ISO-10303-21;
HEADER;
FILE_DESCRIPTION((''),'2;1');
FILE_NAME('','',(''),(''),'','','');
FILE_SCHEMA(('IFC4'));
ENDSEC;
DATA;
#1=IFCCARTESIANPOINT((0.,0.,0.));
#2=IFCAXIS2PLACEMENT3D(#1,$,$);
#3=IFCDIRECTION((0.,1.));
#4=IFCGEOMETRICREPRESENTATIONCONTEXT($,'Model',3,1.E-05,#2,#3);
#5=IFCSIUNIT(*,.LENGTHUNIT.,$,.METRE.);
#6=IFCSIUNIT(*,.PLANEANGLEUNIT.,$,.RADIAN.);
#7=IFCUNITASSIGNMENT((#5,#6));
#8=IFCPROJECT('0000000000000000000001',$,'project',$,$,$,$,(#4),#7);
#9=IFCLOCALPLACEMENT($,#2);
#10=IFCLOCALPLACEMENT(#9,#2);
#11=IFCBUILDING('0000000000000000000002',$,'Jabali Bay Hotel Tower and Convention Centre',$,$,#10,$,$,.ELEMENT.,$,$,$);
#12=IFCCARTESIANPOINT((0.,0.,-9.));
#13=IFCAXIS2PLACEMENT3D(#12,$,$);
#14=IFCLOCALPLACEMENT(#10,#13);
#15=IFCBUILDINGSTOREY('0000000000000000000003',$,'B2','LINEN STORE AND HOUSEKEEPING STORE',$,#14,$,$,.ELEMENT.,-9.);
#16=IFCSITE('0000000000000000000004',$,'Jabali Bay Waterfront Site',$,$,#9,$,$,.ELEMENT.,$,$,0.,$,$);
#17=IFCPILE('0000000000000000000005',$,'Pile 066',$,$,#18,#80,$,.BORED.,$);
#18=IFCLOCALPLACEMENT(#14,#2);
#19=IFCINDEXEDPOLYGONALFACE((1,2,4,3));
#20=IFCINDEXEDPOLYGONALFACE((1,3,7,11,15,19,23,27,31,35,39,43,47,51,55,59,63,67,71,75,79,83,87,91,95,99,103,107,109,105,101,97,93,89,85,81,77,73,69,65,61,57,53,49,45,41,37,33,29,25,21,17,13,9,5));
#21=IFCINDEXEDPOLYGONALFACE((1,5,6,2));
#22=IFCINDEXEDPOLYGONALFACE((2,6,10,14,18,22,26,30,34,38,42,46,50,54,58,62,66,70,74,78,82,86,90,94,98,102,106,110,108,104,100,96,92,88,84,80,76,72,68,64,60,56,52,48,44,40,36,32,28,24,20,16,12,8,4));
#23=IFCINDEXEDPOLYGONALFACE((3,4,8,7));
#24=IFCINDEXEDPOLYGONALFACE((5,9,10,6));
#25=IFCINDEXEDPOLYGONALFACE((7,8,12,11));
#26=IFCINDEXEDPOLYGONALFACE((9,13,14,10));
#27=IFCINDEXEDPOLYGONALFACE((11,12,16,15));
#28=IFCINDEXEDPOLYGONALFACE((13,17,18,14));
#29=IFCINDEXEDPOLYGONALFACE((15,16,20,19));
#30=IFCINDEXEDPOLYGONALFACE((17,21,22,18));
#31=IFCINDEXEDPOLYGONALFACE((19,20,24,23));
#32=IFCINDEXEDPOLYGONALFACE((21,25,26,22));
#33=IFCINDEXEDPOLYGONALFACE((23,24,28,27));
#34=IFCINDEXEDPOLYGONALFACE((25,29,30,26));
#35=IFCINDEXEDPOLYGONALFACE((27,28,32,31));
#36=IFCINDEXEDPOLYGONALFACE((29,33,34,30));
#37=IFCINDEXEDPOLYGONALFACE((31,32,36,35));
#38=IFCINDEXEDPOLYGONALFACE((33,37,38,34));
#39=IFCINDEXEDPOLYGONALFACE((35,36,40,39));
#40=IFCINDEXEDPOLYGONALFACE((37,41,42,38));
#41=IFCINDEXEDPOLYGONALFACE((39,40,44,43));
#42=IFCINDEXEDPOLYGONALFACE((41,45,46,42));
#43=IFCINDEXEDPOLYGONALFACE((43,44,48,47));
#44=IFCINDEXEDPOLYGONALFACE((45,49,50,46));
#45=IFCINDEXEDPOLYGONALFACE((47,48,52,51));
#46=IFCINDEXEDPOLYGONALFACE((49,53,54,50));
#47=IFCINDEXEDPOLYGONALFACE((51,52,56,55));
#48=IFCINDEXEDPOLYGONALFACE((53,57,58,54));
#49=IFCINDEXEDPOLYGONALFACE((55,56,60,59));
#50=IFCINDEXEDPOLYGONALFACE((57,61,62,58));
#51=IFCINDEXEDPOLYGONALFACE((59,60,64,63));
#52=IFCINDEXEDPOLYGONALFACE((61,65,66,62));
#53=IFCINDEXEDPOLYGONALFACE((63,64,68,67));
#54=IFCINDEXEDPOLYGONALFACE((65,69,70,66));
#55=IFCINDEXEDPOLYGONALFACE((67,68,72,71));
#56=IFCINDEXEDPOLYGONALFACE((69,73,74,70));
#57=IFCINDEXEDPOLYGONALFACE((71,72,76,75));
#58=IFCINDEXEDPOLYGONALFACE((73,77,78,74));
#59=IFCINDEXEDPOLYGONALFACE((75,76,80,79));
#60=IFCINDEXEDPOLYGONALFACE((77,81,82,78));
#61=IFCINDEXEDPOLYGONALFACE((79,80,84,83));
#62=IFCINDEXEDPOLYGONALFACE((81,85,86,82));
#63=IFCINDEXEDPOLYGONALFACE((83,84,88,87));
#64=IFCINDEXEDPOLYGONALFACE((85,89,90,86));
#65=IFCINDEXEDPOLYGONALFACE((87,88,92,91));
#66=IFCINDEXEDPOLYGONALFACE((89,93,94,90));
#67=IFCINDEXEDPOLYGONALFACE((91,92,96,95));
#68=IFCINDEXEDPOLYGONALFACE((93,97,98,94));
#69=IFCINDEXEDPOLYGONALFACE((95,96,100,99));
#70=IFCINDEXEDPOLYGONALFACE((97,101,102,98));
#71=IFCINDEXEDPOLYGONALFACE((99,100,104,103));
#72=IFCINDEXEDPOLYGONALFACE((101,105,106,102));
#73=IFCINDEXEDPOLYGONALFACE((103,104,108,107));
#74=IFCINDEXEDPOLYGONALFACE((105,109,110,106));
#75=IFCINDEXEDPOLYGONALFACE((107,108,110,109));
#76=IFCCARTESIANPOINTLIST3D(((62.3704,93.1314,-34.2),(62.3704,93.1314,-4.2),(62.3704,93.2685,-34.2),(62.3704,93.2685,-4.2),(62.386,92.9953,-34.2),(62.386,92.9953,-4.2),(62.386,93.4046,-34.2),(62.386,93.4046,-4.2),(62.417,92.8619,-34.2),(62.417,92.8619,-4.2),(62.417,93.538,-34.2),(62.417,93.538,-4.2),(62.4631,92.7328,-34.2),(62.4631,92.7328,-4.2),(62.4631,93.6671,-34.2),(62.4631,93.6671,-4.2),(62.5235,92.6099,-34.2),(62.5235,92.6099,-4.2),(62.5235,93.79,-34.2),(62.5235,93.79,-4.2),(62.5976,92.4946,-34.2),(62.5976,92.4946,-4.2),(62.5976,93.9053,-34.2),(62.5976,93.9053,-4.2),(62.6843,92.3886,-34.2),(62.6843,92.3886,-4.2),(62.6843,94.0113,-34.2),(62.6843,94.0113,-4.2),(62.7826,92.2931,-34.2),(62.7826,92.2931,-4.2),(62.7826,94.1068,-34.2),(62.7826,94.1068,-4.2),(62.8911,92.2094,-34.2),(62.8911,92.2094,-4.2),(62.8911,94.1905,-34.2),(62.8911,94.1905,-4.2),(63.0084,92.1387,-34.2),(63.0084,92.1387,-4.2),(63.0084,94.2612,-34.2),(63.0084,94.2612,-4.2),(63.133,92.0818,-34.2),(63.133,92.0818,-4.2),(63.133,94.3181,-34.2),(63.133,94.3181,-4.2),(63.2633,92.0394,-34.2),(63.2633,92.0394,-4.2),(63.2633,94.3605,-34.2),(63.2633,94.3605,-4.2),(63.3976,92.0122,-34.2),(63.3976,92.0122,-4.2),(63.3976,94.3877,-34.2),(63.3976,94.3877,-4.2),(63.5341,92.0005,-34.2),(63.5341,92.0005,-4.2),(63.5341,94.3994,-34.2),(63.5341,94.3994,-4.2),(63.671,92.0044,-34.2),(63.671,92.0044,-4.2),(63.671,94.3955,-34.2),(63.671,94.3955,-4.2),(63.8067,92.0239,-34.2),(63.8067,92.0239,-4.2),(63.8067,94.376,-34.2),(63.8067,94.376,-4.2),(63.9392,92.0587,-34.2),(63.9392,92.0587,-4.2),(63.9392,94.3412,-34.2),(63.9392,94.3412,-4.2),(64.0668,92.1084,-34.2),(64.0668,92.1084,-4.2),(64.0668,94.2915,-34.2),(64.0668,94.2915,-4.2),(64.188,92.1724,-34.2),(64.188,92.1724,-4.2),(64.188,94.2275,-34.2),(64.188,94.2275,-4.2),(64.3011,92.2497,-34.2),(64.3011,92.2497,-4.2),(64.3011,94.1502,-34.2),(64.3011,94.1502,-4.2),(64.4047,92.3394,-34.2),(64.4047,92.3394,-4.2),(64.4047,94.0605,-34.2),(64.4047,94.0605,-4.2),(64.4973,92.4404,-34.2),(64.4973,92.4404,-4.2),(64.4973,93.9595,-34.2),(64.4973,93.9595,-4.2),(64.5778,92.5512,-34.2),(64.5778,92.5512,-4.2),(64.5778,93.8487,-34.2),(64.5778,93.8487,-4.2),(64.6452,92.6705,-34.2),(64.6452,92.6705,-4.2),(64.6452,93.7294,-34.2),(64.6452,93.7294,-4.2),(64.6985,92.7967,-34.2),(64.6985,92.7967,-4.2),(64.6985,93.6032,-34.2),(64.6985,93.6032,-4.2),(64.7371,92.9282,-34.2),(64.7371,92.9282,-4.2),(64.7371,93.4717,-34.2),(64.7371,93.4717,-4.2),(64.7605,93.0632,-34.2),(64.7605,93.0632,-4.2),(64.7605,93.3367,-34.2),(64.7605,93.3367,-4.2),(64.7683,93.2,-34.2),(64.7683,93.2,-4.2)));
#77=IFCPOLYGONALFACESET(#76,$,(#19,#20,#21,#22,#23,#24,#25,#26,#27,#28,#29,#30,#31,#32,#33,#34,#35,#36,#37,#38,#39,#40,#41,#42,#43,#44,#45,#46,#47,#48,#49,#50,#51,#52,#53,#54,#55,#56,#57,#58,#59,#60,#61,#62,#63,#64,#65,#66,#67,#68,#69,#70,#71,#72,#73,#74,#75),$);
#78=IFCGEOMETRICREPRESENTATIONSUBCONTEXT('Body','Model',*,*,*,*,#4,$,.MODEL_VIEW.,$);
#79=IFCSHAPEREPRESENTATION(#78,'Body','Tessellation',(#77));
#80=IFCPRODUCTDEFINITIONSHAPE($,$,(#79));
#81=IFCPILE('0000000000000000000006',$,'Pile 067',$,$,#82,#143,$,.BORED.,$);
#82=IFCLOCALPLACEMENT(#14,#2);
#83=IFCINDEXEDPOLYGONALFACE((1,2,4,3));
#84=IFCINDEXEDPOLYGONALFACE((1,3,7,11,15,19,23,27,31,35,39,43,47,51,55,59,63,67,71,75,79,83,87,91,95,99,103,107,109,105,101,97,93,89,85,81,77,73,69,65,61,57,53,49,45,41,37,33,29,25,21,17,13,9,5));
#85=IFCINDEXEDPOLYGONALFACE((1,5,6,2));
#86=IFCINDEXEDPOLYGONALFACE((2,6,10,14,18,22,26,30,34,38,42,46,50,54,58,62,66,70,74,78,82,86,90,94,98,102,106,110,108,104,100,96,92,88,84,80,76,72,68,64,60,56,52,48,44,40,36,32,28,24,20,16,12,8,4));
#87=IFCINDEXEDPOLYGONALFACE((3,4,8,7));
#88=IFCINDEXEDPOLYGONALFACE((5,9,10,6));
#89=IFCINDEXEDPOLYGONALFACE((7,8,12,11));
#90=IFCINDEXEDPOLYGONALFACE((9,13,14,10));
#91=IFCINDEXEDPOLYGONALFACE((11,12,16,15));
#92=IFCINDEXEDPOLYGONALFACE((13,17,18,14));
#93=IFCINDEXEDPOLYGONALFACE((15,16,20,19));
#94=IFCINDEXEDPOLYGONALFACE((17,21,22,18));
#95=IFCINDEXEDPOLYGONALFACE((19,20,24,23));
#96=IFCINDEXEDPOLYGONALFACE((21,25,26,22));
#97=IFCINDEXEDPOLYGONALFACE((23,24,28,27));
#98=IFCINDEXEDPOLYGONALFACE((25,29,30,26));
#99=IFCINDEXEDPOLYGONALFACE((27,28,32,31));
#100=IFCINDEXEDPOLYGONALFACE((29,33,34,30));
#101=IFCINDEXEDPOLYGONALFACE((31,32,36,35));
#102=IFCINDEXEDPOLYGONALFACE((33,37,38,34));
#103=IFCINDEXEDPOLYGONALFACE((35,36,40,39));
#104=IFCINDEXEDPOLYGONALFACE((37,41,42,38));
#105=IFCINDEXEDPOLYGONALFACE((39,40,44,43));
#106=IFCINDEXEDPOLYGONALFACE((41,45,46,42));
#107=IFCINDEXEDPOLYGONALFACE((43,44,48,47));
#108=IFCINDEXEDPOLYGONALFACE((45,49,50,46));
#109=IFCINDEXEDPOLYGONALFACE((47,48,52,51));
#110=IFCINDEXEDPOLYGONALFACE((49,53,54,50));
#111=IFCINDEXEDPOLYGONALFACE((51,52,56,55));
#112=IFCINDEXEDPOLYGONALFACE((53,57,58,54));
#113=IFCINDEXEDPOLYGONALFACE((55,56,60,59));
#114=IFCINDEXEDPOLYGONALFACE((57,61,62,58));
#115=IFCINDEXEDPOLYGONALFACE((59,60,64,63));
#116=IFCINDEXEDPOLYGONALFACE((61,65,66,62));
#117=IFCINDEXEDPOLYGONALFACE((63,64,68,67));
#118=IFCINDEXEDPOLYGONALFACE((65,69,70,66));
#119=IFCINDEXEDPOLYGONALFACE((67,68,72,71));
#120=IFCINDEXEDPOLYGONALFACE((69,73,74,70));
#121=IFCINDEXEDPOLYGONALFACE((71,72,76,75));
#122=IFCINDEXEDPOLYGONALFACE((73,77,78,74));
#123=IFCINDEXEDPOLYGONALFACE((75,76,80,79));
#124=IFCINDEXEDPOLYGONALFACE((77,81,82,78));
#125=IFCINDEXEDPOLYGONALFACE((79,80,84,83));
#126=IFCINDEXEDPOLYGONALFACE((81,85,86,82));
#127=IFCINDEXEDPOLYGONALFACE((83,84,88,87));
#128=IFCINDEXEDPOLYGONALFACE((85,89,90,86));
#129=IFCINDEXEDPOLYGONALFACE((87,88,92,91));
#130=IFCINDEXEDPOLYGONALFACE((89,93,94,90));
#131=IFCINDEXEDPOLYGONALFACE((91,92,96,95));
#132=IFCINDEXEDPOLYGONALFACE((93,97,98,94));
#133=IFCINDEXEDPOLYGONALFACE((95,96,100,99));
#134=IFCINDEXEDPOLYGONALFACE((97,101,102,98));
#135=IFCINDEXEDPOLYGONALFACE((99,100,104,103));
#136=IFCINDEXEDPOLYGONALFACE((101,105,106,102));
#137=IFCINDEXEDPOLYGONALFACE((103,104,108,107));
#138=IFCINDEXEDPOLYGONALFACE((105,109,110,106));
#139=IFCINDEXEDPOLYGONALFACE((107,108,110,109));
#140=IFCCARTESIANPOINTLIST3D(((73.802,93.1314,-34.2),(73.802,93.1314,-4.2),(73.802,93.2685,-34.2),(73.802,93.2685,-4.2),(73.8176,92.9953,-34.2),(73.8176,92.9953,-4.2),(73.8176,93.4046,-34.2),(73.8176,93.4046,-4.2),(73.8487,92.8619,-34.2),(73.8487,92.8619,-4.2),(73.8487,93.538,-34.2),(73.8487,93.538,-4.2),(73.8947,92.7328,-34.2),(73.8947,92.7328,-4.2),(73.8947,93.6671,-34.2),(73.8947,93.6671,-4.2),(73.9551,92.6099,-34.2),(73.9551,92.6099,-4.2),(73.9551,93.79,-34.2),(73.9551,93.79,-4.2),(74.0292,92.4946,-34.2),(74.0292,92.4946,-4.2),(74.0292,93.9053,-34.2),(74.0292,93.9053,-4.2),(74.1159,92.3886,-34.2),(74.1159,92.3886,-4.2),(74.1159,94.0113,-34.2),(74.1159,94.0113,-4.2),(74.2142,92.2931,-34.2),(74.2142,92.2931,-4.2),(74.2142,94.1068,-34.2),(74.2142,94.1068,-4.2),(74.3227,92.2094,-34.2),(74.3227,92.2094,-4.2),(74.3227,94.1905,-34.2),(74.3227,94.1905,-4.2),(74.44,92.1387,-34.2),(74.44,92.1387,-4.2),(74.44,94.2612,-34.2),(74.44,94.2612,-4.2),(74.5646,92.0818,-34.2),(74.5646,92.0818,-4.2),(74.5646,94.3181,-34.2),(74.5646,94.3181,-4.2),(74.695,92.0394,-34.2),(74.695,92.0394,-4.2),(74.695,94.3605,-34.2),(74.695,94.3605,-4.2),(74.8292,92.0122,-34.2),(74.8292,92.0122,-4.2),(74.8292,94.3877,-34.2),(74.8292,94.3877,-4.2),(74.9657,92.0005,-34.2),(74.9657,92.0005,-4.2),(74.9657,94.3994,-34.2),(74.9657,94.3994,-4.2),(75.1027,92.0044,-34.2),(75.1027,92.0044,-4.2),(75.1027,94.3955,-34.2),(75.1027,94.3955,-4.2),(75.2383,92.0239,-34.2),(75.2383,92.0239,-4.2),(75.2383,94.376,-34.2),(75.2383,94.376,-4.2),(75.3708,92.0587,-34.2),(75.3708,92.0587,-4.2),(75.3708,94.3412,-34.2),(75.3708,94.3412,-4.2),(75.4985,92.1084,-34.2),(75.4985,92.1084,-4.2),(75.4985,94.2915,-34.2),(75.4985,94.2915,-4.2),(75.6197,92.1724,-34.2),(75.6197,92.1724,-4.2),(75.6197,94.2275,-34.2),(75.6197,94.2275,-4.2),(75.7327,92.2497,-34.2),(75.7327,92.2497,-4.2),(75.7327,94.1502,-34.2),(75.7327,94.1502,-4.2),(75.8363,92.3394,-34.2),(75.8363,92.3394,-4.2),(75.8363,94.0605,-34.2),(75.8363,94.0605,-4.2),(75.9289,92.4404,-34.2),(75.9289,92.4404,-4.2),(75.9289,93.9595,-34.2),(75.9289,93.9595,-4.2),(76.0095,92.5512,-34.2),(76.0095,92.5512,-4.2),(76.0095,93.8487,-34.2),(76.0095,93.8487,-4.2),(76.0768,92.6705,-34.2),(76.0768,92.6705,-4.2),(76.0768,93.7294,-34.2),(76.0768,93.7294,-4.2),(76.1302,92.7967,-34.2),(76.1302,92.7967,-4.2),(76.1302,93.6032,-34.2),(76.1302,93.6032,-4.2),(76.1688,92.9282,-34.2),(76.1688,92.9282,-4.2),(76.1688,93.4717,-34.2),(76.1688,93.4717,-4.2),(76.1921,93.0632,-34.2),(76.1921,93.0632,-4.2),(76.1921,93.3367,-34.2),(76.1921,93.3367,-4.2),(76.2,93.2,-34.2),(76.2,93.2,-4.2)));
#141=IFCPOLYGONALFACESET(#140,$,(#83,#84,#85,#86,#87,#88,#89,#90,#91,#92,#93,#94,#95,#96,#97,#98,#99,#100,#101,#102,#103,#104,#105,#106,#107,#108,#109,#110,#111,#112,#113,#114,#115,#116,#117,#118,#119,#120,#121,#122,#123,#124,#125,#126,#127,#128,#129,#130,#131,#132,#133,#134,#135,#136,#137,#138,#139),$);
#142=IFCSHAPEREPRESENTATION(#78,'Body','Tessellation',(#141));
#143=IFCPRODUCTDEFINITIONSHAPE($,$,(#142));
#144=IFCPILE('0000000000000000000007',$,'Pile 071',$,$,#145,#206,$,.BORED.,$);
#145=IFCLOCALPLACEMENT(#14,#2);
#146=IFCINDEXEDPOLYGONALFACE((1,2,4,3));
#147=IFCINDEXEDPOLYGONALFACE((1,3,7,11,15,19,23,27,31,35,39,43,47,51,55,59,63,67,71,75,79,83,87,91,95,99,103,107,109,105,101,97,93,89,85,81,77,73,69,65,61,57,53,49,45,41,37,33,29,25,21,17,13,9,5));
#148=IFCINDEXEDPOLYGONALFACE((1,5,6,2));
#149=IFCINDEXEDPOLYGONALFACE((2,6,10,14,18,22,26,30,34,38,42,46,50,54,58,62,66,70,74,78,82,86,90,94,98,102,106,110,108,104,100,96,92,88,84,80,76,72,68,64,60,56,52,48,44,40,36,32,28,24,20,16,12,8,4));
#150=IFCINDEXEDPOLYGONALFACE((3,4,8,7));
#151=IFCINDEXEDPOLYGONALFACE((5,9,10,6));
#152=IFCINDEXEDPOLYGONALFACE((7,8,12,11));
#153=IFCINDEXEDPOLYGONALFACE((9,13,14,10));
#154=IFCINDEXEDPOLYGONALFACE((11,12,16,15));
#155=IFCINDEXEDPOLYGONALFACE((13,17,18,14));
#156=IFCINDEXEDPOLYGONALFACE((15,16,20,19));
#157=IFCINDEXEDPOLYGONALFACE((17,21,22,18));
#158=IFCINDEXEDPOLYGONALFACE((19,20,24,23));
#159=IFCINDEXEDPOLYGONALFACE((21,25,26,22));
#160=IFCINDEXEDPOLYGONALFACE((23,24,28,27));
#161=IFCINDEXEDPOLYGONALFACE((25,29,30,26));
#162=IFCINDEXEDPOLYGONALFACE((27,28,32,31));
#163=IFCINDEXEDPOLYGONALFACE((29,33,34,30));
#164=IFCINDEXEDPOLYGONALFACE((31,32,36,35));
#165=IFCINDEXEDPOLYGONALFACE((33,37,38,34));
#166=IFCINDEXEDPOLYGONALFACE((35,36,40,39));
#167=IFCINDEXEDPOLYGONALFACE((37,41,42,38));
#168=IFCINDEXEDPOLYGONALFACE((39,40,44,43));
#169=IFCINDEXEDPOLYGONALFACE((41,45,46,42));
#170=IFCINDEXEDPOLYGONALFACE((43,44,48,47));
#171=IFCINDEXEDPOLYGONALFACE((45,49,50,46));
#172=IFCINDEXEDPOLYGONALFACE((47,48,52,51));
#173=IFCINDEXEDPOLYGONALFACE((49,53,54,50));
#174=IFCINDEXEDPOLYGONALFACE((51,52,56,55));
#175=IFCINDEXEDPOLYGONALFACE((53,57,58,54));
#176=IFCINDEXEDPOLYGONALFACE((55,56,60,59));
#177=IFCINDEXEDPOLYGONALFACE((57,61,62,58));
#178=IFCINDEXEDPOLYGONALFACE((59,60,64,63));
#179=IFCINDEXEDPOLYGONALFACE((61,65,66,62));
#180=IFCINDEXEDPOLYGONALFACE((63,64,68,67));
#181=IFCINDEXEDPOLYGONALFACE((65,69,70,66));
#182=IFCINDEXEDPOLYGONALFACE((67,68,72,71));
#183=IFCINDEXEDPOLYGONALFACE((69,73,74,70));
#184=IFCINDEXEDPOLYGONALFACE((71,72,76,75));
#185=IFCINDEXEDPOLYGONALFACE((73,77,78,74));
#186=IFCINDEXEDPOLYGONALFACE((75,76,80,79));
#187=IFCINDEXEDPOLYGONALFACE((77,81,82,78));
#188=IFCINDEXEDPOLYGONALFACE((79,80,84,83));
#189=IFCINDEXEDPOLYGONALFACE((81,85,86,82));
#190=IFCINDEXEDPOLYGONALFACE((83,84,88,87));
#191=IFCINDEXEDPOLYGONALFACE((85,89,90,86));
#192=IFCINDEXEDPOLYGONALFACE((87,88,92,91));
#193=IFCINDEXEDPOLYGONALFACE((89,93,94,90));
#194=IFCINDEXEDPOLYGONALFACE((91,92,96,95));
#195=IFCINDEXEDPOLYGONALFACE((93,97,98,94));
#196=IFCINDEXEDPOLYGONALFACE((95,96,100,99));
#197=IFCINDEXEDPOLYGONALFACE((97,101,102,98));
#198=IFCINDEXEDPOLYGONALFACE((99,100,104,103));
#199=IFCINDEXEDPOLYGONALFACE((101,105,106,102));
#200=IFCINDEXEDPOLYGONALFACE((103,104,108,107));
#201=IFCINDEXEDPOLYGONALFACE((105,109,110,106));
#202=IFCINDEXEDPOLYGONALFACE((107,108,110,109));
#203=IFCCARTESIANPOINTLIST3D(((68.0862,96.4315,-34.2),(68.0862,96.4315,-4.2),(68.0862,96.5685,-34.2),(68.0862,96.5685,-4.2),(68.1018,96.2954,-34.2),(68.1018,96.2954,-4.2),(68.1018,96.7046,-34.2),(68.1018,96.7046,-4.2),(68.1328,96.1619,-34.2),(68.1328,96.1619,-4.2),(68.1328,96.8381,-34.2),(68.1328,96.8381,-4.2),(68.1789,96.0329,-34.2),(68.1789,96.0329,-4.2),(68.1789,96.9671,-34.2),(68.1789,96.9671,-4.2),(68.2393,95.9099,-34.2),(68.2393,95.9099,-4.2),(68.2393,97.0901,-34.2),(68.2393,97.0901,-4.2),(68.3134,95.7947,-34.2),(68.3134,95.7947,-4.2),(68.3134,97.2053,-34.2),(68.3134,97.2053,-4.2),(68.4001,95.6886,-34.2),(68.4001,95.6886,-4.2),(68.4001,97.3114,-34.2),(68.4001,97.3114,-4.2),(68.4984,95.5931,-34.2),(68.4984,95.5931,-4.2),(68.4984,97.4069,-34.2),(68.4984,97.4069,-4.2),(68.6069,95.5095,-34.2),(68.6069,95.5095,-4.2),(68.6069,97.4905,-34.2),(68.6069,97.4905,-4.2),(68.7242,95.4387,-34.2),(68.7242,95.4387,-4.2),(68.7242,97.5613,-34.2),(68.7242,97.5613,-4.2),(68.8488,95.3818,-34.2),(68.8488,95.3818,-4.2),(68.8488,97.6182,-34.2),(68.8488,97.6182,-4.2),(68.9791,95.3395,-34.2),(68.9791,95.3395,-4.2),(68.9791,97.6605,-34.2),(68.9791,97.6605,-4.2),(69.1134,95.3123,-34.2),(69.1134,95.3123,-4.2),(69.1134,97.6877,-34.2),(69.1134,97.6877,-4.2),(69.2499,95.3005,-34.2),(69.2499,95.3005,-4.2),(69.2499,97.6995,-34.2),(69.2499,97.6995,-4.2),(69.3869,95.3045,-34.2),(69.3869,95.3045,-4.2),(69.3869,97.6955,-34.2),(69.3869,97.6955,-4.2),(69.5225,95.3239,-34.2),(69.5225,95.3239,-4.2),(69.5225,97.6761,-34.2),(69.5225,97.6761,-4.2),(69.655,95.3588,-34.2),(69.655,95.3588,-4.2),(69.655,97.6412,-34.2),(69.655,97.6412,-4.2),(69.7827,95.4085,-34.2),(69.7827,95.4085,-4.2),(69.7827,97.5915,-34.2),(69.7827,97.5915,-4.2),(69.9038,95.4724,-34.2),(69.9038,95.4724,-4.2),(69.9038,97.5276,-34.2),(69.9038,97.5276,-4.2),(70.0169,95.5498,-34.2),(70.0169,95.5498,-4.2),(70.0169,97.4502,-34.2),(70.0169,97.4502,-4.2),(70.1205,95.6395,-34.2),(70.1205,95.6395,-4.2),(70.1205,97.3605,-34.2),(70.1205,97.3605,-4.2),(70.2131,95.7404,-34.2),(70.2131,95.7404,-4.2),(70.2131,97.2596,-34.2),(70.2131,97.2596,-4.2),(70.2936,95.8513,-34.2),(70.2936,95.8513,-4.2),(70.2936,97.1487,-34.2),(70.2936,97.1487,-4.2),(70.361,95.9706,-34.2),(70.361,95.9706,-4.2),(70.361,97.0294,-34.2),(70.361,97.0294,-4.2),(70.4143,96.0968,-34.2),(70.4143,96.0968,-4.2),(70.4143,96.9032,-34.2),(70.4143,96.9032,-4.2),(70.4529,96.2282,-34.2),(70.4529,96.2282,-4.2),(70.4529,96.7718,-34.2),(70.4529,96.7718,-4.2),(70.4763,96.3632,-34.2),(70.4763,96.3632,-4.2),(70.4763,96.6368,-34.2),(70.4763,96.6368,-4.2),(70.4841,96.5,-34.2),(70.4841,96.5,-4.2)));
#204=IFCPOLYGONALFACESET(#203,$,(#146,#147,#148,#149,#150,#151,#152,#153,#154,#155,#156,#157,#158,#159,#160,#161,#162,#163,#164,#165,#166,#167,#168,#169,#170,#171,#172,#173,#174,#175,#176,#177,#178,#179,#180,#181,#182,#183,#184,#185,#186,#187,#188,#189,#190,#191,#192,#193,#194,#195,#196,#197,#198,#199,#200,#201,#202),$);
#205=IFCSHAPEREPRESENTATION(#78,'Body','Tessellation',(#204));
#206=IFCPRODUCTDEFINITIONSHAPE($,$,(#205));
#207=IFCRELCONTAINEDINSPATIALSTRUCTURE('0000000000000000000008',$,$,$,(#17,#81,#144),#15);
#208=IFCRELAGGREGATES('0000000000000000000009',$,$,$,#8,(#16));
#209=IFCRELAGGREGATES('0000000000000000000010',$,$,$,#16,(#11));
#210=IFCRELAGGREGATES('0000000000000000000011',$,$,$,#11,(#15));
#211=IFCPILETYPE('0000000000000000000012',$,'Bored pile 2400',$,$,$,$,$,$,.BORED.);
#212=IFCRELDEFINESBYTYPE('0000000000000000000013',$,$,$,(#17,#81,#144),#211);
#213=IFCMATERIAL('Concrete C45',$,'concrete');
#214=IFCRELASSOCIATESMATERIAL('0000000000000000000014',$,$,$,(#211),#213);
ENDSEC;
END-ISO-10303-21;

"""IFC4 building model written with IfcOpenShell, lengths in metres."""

from ifc_helpers import new_model, si_unit, direction, frame, origin, origin_2d, place, context, subcontext, project, spatial, circle, extrude, material, material_profile, profile_set, type_object, element, save


model = new_model("IFC4")

# Units and contexts
model_context = context("Model", 3, precision=1e-05, world=origin(), true_north=direction((0.0, 1.0)))
body_context = subcontext(model_context, "Body", "Model", "MODEL_VIEW")
ifc_project = project(units=[si_unit("LENGTHUNIT", "METRE"), si_unit("PLANEANGLEUNIT", "RADIAN")], contexts=[model_context])

# Site, building, storey
site_placement = place(None, origin())
site = spatial("IfcSite", under=ifc_project, at=site_placement, Name="Jabali Bay Waterfront Site", CompositionType="ELEMENT", RefElevation=0.0)
building_placement = place(site_placement, origin())
building = spatial("IfcBuilding", under=site, at=building_placement, Name="Jabali Bay Hotel Tower and Convention Centre", CompositionType="ELEMENT")
storey_placement = place(building_placement, frame((0.0, 0.0, -9.0)))
storey = spatial("IfcBuildingStorey", under=building, at=storey_placement, Name="B2", Description="LINEN STORE AND HOUSEKEEPING STORE", CompositionType="ELEMENT", Elevation=-9.0)

# Piles
ifc_material_1 = material(Name="Concrete C45", Category="concrete")
ifc_material_profile_1 = material_profile(ifc_material_1, circle(Radius=1.2, at=origin_2d()), Name="Bored pile 2400")
ifc_profile_set_1 = profile_set([ifc_material_profile_1], Name="Concrete C45")
pile_type = type_object("IfcPileType", Name="Bored pile 2400", PredefinedType="BORED", material=ifc_profile_set_1)
for number, where, z_axis, x_axis, name in (
    (1, (63.5684, 93.2, -4.2), (0.0, 0.0, -1.0), (1.0, 0.0, 0.0), "Pile 066"),
    (2, (75.0, 93.2, -4.2), (0.0, 0.0, -1.0), (1.0, 0.0, 0.0), "Pile 067"),
    (3, (69.2842, 96.5, -4.2), (0.0, 0.0, -1.0), (1.0, 0.0, 0.0), "Pile 071"),
):
    element("IfcPile", number, at=place(storey_placement, frame(where, z_axis=z_axis, x_axis=x_axis)), inside=storey, type_object=pile_type, Name=name, PredefinedType="BORED", context=body_context, shape_type="SweptSolid", body=[
        extrude(circle(Radius=1.2, at=origin_2d()), origin(), (0.0, 0.0, 1.0), 30.0),
    ])

save(model, "model.ifc")
